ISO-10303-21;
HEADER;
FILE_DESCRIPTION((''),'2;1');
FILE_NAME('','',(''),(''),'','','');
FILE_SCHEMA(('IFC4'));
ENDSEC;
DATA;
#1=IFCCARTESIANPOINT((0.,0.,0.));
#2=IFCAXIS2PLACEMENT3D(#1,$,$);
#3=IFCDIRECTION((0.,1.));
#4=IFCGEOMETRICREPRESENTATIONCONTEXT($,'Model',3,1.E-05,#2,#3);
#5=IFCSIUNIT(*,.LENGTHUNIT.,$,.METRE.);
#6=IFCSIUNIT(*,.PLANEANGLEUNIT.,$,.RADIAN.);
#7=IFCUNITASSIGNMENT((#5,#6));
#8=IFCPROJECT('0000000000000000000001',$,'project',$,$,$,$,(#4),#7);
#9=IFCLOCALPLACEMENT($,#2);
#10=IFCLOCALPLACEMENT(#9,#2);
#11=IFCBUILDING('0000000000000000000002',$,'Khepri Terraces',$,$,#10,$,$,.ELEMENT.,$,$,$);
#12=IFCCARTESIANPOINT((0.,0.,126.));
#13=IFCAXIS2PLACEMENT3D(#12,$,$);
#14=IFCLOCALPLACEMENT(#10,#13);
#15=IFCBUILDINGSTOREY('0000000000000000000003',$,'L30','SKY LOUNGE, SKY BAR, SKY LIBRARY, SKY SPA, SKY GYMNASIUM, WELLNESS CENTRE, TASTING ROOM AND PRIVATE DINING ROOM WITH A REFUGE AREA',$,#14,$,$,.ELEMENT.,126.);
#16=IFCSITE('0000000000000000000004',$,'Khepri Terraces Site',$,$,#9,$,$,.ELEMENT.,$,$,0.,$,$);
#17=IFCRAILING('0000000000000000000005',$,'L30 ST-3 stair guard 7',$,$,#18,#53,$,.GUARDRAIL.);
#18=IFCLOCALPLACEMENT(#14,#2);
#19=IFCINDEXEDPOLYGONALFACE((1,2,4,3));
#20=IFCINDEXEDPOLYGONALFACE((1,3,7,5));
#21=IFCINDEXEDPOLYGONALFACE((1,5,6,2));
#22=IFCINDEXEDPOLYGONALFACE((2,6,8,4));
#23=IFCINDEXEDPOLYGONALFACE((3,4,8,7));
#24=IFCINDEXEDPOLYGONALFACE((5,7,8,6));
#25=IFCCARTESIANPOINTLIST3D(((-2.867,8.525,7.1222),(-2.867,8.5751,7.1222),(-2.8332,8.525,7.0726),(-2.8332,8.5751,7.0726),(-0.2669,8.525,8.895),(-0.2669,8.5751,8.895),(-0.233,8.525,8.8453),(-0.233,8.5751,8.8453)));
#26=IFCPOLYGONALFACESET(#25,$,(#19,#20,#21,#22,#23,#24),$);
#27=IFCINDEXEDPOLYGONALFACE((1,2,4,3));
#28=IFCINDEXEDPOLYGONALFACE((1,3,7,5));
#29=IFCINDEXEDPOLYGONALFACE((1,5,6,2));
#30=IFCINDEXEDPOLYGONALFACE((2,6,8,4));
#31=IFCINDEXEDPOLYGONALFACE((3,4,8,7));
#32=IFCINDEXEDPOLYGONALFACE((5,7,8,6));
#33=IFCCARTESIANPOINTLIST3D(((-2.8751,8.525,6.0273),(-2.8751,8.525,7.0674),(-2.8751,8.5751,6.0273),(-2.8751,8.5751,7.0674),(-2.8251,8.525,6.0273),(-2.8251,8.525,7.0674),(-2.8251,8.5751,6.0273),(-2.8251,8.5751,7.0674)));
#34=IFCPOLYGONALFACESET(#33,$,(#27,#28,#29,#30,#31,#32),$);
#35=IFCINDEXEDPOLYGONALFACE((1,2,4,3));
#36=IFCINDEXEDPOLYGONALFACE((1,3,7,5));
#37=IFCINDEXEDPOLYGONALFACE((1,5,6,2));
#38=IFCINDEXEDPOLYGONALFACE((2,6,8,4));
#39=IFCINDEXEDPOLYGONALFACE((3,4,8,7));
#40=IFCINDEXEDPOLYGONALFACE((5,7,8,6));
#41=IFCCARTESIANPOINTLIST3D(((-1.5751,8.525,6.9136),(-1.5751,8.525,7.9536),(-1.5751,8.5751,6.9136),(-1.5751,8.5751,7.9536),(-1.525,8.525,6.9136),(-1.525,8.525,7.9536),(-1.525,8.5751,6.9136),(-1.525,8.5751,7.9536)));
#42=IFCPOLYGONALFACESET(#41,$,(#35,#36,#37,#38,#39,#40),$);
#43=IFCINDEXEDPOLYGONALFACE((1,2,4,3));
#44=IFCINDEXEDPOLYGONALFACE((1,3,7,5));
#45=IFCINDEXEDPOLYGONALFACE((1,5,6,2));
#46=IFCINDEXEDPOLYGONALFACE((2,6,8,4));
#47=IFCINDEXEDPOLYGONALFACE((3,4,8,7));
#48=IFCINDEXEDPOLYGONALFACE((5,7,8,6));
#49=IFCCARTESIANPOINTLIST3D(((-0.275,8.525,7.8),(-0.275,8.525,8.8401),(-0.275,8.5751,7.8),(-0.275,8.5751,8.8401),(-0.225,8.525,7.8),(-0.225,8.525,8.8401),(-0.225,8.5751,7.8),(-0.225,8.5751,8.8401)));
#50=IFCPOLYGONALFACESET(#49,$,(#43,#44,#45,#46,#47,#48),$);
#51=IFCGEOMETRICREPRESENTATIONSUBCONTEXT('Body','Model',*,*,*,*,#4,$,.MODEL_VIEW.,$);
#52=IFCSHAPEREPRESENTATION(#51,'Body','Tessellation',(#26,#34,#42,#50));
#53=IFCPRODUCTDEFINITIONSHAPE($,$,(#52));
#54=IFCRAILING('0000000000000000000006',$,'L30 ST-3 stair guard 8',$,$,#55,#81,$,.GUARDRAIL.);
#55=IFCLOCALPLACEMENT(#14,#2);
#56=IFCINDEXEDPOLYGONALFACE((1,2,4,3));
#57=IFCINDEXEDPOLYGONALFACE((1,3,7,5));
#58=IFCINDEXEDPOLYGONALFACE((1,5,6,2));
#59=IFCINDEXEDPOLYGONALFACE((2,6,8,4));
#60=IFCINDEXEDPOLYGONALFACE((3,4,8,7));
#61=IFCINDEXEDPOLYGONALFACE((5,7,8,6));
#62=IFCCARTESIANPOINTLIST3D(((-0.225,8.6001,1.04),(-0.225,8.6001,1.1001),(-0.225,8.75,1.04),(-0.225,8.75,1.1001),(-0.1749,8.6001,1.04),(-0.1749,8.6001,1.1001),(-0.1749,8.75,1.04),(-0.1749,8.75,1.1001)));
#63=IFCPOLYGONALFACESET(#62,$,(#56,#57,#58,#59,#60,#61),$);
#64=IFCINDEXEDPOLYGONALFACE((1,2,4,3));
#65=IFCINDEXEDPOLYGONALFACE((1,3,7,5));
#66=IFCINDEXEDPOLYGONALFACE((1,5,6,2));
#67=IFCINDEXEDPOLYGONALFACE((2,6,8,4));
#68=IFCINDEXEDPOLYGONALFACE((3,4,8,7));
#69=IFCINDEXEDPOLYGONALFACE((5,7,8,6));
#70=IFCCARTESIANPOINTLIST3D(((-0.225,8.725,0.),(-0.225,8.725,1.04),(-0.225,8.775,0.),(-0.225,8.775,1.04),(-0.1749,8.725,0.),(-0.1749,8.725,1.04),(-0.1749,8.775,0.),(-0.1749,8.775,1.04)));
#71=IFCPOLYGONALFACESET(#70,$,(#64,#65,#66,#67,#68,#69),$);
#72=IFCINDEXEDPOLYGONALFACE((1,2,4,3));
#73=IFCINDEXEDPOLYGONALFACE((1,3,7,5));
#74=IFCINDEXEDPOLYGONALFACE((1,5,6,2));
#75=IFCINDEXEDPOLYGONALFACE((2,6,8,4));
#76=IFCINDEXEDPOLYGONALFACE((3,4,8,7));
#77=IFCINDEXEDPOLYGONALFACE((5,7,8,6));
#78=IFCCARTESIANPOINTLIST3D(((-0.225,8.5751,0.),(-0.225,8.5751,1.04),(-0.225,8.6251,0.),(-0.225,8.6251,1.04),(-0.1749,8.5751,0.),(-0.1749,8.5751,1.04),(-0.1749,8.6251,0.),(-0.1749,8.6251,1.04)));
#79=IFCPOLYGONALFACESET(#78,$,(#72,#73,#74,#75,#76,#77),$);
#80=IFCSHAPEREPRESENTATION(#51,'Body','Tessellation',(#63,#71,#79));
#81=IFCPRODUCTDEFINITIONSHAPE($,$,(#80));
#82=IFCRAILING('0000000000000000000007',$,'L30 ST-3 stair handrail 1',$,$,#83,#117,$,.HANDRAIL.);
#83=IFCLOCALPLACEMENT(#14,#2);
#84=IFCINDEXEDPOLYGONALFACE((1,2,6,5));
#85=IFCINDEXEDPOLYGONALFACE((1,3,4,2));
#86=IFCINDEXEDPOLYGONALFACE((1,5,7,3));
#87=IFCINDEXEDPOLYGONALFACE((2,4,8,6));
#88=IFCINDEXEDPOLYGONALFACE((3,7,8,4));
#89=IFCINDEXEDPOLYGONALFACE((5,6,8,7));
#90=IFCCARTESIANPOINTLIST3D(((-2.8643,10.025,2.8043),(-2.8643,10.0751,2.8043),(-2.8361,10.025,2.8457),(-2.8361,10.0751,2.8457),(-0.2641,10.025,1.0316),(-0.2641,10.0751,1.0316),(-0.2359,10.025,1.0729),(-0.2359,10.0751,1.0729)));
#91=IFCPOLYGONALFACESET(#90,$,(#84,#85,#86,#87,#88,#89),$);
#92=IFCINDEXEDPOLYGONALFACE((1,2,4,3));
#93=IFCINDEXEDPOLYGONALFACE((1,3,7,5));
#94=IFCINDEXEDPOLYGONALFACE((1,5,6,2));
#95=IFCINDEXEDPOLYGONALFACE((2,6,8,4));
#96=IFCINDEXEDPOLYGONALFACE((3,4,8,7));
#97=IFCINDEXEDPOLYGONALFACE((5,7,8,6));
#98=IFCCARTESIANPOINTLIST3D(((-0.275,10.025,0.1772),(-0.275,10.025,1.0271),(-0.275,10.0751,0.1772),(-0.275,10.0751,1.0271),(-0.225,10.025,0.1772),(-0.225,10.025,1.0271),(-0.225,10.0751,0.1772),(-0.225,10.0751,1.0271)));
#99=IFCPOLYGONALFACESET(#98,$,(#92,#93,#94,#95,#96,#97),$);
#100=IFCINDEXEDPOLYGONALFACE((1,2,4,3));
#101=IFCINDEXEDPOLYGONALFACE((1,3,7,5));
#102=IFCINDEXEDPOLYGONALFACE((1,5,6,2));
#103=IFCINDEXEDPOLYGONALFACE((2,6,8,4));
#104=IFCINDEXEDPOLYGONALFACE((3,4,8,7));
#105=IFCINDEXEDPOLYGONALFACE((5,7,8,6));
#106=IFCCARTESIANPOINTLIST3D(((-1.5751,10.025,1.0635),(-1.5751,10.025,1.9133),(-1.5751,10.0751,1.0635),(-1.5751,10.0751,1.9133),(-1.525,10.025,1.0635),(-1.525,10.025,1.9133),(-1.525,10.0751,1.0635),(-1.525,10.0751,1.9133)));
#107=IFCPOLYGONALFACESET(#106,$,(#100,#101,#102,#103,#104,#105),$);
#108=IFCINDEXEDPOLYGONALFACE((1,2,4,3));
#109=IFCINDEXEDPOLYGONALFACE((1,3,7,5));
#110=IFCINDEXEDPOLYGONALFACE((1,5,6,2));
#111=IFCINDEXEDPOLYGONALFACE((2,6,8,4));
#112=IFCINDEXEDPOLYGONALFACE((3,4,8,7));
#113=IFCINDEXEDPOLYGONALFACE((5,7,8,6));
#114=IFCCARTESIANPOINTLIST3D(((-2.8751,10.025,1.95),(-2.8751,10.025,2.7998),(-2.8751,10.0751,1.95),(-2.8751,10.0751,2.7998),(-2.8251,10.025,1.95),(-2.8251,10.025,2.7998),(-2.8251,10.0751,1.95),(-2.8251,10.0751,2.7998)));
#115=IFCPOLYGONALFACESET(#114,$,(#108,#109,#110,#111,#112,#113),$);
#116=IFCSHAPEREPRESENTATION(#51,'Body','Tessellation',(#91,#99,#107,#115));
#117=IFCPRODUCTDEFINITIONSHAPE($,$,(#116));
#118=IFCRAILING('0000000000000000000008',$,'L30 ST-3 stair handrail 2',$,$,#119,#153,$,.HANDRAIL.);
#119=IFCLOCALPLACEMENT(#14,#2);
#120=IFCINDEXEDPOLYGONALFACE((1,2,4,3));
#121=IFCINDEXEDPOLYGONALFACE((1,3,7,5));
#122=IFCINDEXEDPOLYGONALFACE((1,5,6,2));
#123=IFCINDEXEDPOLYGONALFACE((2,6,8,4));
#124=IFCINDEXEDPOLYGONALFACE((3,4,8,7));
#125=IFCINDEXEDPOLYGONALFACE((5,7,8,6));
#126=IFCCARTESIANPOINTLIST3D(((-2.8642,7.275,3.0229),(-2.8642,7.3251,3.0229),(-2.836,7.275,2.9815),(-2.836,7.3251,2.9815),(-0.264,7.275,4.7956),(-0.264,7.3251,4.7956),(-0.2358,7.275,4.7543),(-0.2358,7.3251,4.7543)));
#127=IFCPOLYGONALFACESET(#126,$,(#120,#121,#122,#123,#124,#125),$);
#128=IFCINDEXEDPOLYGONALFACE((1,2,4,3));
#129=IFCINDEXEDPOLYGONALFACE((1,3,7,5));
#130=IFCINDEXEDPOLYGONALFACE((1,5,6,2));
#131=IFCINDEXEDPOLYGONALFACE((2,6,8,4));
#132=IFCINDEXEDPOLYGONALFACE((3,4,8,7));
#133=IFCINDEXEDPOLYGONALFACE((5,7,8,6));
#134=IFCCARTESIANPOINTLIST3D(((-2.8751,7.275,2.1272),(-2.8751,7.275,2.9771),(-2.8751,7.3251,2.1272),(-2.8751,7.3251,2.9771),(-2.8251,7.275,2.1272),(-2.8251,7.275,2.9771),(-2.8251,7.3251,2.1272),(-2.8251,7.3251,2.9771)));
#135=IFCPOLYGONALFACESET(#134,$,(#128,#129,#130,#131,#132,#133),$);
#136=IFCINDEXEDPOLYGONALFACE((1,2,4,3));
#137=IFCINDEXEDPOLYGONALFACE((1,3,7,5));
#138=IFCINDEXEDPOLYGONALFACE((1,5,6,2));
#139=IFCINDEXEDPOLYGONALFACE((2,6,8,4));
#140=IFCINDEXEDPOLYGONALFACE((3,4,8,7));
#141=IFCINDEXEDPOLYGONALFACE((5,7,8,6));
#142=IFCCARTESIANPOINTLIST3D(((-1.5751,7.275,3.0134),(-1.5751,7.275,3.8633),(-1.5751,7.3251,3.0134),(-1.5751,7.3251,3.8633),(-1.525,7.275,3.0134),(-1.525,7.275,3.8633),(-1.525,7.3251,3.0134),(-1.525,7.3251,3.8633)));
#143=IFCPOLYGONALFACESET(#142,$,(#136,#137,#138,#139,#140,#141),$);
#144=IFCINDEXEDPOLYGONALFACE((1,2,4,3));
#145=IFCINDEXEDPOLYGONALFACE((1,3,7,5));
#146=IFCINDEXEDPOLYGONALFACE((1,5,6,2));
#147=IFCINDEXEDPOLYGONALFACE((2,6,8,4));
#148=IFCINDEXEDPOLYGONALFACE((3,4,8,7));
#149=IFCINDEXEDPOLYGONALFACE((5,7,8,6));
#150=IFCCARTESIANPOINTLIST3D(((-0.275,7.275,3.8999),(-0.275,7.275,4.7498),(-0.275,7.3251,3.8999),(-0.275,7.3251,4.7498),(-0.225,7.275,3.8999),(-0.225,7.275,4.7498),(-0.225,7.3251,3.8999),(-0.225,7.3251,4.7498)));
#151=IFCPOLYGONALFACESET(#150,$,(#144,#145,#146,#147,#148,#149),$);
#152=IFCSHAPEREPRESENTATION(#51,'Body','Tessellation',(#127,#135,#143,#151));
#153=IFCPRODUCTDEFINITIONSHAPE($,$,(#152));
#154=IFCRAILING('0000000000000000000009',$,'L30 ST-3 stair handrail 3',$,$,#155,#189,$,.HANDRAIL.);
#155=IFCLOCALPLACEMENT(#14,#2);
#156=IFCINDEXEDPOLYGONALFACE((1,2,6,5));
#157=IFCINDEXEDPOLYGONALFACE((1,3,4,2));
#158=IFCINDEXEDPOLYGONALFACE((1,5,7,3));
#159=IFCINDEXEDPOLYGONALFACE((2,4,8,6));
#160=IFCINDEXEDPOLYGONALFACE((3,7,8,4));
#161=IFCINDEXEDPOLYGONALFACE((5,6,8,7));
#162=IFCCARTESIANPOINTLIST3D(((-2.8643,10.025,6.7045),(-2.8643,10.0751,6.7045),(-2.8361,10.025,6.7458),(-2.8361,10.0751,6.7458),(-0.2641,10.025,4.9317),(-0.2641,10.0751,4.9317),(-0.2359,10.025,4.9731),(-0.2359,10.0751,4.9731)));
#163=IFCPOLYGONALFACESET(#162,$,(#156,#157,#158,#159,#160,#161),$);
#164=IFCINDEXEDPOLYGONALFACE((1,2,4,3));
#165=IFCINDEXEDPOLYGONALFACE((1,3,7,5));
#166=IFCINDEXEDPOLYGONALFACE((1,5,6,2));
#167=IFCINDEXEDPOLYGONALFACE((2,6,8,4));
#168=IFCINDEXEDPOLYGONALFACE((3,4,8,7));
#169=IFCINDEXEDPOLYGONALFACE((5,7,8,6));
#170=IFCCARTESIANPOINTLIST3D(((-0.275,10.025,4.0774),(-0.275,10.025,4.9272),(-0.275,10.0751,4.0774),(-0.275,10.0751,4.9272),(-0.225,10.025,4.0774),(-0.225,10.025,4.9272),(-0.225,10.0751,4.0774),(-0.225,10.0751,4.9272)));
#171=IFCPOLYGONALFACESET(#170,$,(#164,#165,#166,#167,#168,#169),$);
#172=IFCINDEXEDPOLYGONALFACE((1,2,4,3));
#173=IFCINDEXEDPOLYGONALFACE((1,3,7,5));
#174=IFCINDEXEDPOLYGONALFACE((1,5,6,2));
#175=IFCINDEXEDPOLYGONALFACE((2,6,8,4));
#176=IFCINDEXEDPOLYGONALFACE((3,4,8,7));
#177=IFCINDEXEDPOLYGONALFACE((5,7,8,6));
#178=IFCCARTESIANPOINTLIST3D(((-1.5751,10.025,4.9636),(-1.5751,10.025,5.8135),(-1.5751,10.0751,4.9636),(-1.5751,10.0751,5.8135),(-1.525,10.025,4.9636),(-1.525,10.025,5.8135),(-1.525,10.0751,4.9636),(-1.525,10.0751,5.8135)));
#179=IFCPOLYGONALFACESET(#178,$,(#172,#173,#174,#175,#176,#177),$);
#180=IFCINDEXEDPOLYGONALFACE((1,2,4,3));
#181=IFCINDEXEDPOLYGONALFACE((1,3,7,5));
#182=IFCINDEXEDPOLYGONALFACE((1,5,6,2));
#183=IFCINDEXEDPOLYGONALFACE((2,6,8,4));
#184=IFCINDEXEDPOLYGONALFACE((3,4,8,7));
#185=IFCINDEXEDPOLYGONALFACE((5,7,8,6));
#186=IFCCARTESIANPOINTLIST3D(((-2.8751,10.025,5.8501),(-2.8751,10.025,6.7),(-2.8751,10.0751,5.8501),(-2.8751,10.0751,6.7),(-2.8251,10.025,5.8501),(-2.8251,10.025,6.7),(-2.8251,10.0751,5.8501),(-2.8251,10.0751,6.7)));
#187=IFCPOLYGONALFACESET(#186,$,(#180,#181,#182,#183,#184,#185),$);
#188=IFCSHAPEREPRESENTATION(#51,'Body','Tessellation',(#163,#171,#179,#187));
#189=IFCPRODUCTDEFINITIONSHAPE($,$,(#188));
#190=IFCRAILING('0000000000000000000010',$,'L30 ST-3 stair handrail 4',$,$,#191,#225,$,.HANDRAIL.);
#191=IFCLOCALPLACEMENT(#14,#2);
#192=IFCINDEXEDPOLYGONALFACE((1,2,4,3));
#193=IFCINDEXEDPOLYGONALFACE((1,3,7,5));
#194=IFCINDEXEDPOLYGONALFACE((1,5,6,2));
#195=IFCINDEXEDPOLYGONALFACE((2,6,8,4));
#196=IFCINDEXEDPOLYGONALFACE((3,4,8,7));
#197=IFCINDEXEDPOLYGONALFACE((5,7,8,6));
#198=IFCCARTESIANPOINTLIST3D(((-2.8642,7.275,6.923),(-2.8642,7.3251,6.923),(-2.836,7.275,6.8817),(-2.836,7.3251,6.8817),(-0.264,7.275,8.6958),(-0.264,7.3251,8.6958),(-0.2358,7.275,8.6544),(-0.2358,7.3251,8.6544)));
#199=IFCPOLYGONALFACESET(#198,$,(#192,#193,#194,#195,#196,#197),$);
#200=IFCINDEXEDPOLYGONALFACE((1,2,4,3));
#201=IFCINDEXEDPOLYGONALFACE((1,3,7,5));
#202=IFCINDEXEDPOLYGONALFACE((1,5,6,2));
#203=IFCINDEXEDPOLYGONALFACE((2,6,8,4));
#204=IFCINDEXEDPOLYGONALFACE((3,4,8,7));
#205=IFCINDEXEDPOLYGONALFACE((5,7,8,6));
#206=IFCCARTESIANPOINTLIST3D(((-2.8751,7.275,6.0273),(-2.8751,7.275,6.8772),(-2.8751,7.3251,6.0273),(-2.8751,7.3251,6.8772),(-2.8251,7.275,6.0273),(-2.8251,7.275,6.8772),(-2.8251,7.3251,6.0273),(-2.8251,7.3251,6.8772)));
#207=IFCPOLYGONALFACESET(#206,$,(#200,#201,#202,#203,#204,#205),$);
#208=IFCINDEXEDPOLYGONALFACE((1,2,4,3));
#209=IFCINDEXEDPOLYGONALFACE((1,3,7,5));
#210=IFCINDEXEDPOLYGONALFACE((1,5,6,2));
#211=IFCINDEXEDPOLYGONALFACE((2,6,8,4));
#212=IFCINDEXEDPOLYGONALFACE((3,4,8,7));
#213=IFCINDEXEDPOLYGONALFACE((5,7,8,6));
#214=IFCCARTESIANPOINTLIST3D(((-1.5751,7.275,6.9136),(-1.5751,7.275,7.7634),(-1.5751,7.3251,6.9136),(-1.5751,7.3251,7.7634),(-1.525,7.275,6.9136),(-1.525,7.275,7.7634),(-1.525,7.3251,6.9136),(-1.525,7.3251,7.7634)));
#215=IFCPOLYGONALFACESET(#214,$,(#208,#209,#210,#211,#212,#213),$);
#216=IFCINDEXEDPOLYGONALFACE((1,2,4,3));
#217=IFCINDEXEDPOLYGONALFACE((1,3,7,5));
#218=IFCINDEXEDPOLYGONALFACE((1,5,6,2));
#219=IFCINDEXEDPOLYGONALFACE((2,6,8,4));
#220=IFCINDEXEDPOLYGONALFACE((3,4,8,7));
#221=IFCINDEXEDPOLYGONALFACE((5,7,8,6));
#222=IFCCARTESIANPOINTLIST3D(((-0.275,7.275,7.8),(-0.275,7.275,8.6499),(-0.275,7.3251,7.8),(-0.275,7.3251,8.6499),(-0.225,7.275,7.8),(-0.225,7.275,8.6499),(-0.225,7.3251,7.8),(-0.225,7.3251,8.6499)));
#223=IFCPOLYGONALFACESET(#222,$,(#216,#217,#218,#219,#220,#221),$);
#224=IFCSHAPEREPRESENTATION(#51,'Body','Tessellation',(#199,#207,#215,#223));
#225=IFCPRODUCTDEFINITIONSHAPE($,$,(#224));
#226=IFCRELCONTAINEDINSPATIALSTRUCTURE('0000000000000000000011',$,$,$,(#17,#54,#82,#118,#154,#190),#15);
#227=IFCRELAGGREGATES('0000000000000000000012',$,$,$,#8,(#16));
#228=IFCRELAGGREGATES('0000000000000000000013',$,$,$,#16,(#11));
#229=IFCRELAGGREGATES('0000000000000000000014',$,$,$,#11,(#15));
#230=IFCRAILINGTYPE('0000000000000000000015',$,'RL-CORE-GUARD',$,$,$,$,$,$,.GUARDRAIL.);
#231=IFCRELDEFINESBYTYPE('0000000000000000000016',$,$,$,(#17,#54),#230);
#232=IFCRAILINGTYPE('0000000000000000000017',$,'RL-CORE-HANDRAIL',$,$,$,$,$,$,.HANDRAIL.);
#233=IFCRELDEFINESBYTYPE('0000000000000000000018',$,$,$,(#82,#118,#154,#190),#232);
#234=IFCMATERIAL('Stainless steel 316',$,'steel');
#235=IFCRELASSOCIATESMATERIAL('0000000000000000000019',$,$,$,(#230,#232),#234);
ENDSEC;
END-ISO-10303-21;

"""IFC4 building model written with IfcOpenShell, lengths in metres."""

from ifc_helpers import new_model, si_unit, direction, frame, origin, origin_2d, place, context, subcontext, project, spatial, rectangle, extrude, material, type_object, element, save


model = new_model("IFC4")

# Units and contexts
model_context = context("Model", 3, precision=1e-05, world=origin(), true_north=direction((0.0, 1.0)))
body_context = subcontext(model_context, "Body", "Model", "MODEL_VIEW")
ifc_project = project(units=[si_unit("LENGTHUNIT", "METRE"), si_unit("PLANEANGLEUNIT", "RADIAN")], contexts=[model_context])

# Site, building, storey
site_placement = place(None, origin())
site = spatial("IfcSite", under=ifc_project, at=site_placement, Name="Khepri Terraces Site", CompositionType="ELEMENT", RefElevation=0.0)
building_placement = place(site_placement, origin())
building = spatial("IfcBuilding", under=site, at=building_placement, Name="Khepri Terraces", CompositionType="ELEMENT")
storey_placement = place(building_placement, frame((0.0, 0.0, 126.0)))
storey = spatial("IfcBuildingStorey", under=building, at=storey_placement, Name="L30", Description="SKY LOUNGE, SKY BAR, SKY LIBRARY, SKY SPA, SKY GYMNASIUM, WELLNESS CENTRE, TASTING ROOM AND PRIVATE DINING ROOM WITH A REFUGE AREA", CompositionType="ELEMENT", Elevation=126.0)

# Railings
ifc_material_1 = material(Name="Stainless steel 316", Category="steel")
railing_type_1 = type_object("IfcRailingType", Name="RL-CORE-GUARD", PredefinedType="GUARDRAIL", material=ifc_material_1)
railing_1_placement = place(storey_placement, frame((-2.8501, 8.55, 6.0273)))
element("IfcRailing", 1, at=railing_1_placement, inside=storey, type_object=railing_type_1, Name="L30 ST-3 stair guard 7", PredefinedType="GUARDRAIL", context=body_context, shape_type="SweptSolid", body=[
    extrude(rectangle(XDim=0.05, YDim=0.0601, at=origin_2d()), frame((0.0, 0.0, 1.0701), z_axis=(0.82624, 0.0, 0.563318), x_axis=(0.0, 1.0, 0.0)), (0.0, 0.0, 1.0), 3.147),
    extrude(rectangle(XDim=0.05, YDim=0.05, at=origin_2d()), origin(), (0.0, 0.0, 1.0), 1.04),
    extrude(rectangle(XDim=0.05, YDim=0.05, at=origin_2d()), frame((1.3, 0.0, 0.8862)), (0.0, 0.0, 1.0), 1.04),
    extrude(rectangle(XDim=0.05, YDim=0.05, at=origin_2d()), frame((2.6001, 0.0, 1.7727)), (0.0, 0.0, 1.0), 1.04),
])
railing_2_placement = place(storey_placement, frame((-0.2, 8.75, 0.0)))
element("IfcRailing", 2, at=railing_2_placement, inside=storey, type_object=railing_type_1, Name="L30 ST-3 stair guard 8", PredefinedType="GUARDRAIL", context=body_context, shape_type="SweptSolid", body=[
    extrude(rectangle(XDim=0.05, YDim=0.0601, at=origin_2d()), frame((0.0, 0.0, 1.0701), z_axis=(0.0, -1.0, 0.0), x_axis=(1.0, 0.0, 0.0)), (0.0, 0.0, 1.0), 0.1499),
    extrude(rectangle(XDim=0.05, YDim=0.05, at=origin_2d()), origin(), (0.0, 0.0, 1.0), 1.04),
    extrude(rectangle(XDim=0.05, YDim=0.05, at=origin_2d()), frame((0.0, -0.1499, 0.0)), (0.0, 0.0, 1.0), 1.04),
])
railing_type_2 = type_object("IfcRailingType", Name="RL-CORE-HANDRAIL", PredefinedType="HANDRAIL", material=ifc_material_1)
railing_3_placement = place(storey_placement, frame((-0.25, 10.05, 0.1772)))
element("IfcRailing", 3, at=railing_3_placement, inside=storey, type_object=railing_type_2, Name="L30 ST-3 stair handrail 1", PredefinedType="HANDRAIL", context=body_context, shape_type="SweptSolid", body=[
    extrude(rectangle(XDim=0.05, YDim=0.05, at=origin_2d()), frame((0.0, 0.0, 0.875), z_axis=(-0.82624, 0.0, 0.563318), x_axis=(0.0, -1.0, 0.0)), (0.0, 0.0, 1.0), 3.147),
    extrude(rectangle(XDim=0.05, YDim=0.05, at=origin_2d()), origin(), (0.0, 0.0, 1.0), 0.8499),
    extrude(rectangle(XDim=0.05, YDim=0.05, at=origin_2d()), frame((-1.3, 0.0, 0.8862)), (0.0, 0.0, 1.0), 0.8499),
    extrude(rectangle(XDim=0.05, YDim=0.05, at=origin_2d()), frame((-2.6001, 0.0, 1.7727)), (0.0, 0.0, 1.0), 0.8499),
])
railing_4_placement = place(storey_placement, frame((-2.8501, 7.3, 2.1272)))
element("IfcRailing", 4, at=railing_4_placement, inside=storey, type_object=railing_type_2, Name="L30 ST-3 stair handrail 2", PredefinedType="HANDRAIL", context=body_context, shape_type="SweptSolid", body=[
    extrude(rectangle(XDim=0.05, YDim=0.05, at=origin_2d()), frame((0.0, 0.0, 0.875), z_axis=(0.82624, 0.0, 0.563318), x_axis=(0.0, 1.0, 0.0)), (0.0, 0.0, 1.0), 3.147),
    extrude(rectangle(XDim=0.05, YDim=0.05, at=origin_2d()), origin(), (0.0, 0.0, 1.0), 0.8499),
    extrude(rectangle(XDim=0.05, YDim=0.05, at=origin_2d()), frame((1.3, 0.0, 0.8862)), (0.0, 0.0, 1.0), 0.8499),
    extrude(rectangle(XDim=0.05, YDim=0.05, at=origin_2d()), frame((2.6001, 0.0, 1.7727)), (0.0, 0.0, 1.0), 0.8499),
])
railing_5_placement = place(storey_placement, frame((-0.25, 10.05, 4.0774)))
element("IfcRailing", 5, at=railing_5_placement, inside=storey, type_object=railing_type_2, Name="L30 ST-3 stair handrail 3", PredefinedType="HANDRAIL", context=body_context, shape_type="SweptSolid", body=[
    extrude(rectangle(XDim=0.05, YDim=0.05, at=origin_2d()), frame((0.0, 0.0, 0.875), z_axis=(-0.82624, 0.0, 0.563318), x_axis=(0.0, -1.0, 0.0)), (0.0, 0.0, 1.0), 3.147),
    extrude(rectangle(XDim=0.05, YDim=0.05, at=origin_2d()), origin(), (0.0, 0.0, 1.0), 0.8499),
    extrude(rectangle(XDim=0.05, YDim=0.05, at=origin_2d()), frame((-1.3, 0.0, 0.8862)), (0.0, 0.0, 1.0), 0.8499),
    extrude(rectangle(XDim=0.05, YDim=0.05, at=origin_2d()), frame((-2.6001, 0.0, 1.7727)), (0.0, 0.0, 1.0), 0.8499),
])
railing_6_placement = place(storey_placement, frame((-2.8501, 7.3, 6.0273)))
element("IfcRailing", 6, at=railing_6_placement, inside=storey, type_object=railing_type_2, Name="L30 ST-3 stair handrail 4", PredefinedType="HANDRAIL", context=body_context, shape_type="SweptSolid", body=[
    extrude(rectangle(XDim=0.05, YDim=0.05, at=origin_2d()), frame((0.0, 0.0, 0.875), z_axis=(0.82624, 0.0, 0.563318), x_axis=(0.0, 1.0, 0.0)), (0.0, 0.0, 1.0), 3.147),
    extrude(rectangle(XDim=0.05, YDim=0.05, at=origin_2d()), origin(), (0.0, 0.0, 1.0), 0.8499),
    extrude(rectangle(XDim=0.05, YDim=0.05, at=origin_2d()), frame((1.3, 0.0, 0.8862)), (0.0, 0.0, 1.0), 0.8499),
    extrude(rectangle(XDim=0.05, YDim=0.05, at=origin_2d()), frame((2.6001, 0.0, 1.7727)), (0.0, 0.0, 1.0), 0.8499),
])

save(model, "model.ifc")
